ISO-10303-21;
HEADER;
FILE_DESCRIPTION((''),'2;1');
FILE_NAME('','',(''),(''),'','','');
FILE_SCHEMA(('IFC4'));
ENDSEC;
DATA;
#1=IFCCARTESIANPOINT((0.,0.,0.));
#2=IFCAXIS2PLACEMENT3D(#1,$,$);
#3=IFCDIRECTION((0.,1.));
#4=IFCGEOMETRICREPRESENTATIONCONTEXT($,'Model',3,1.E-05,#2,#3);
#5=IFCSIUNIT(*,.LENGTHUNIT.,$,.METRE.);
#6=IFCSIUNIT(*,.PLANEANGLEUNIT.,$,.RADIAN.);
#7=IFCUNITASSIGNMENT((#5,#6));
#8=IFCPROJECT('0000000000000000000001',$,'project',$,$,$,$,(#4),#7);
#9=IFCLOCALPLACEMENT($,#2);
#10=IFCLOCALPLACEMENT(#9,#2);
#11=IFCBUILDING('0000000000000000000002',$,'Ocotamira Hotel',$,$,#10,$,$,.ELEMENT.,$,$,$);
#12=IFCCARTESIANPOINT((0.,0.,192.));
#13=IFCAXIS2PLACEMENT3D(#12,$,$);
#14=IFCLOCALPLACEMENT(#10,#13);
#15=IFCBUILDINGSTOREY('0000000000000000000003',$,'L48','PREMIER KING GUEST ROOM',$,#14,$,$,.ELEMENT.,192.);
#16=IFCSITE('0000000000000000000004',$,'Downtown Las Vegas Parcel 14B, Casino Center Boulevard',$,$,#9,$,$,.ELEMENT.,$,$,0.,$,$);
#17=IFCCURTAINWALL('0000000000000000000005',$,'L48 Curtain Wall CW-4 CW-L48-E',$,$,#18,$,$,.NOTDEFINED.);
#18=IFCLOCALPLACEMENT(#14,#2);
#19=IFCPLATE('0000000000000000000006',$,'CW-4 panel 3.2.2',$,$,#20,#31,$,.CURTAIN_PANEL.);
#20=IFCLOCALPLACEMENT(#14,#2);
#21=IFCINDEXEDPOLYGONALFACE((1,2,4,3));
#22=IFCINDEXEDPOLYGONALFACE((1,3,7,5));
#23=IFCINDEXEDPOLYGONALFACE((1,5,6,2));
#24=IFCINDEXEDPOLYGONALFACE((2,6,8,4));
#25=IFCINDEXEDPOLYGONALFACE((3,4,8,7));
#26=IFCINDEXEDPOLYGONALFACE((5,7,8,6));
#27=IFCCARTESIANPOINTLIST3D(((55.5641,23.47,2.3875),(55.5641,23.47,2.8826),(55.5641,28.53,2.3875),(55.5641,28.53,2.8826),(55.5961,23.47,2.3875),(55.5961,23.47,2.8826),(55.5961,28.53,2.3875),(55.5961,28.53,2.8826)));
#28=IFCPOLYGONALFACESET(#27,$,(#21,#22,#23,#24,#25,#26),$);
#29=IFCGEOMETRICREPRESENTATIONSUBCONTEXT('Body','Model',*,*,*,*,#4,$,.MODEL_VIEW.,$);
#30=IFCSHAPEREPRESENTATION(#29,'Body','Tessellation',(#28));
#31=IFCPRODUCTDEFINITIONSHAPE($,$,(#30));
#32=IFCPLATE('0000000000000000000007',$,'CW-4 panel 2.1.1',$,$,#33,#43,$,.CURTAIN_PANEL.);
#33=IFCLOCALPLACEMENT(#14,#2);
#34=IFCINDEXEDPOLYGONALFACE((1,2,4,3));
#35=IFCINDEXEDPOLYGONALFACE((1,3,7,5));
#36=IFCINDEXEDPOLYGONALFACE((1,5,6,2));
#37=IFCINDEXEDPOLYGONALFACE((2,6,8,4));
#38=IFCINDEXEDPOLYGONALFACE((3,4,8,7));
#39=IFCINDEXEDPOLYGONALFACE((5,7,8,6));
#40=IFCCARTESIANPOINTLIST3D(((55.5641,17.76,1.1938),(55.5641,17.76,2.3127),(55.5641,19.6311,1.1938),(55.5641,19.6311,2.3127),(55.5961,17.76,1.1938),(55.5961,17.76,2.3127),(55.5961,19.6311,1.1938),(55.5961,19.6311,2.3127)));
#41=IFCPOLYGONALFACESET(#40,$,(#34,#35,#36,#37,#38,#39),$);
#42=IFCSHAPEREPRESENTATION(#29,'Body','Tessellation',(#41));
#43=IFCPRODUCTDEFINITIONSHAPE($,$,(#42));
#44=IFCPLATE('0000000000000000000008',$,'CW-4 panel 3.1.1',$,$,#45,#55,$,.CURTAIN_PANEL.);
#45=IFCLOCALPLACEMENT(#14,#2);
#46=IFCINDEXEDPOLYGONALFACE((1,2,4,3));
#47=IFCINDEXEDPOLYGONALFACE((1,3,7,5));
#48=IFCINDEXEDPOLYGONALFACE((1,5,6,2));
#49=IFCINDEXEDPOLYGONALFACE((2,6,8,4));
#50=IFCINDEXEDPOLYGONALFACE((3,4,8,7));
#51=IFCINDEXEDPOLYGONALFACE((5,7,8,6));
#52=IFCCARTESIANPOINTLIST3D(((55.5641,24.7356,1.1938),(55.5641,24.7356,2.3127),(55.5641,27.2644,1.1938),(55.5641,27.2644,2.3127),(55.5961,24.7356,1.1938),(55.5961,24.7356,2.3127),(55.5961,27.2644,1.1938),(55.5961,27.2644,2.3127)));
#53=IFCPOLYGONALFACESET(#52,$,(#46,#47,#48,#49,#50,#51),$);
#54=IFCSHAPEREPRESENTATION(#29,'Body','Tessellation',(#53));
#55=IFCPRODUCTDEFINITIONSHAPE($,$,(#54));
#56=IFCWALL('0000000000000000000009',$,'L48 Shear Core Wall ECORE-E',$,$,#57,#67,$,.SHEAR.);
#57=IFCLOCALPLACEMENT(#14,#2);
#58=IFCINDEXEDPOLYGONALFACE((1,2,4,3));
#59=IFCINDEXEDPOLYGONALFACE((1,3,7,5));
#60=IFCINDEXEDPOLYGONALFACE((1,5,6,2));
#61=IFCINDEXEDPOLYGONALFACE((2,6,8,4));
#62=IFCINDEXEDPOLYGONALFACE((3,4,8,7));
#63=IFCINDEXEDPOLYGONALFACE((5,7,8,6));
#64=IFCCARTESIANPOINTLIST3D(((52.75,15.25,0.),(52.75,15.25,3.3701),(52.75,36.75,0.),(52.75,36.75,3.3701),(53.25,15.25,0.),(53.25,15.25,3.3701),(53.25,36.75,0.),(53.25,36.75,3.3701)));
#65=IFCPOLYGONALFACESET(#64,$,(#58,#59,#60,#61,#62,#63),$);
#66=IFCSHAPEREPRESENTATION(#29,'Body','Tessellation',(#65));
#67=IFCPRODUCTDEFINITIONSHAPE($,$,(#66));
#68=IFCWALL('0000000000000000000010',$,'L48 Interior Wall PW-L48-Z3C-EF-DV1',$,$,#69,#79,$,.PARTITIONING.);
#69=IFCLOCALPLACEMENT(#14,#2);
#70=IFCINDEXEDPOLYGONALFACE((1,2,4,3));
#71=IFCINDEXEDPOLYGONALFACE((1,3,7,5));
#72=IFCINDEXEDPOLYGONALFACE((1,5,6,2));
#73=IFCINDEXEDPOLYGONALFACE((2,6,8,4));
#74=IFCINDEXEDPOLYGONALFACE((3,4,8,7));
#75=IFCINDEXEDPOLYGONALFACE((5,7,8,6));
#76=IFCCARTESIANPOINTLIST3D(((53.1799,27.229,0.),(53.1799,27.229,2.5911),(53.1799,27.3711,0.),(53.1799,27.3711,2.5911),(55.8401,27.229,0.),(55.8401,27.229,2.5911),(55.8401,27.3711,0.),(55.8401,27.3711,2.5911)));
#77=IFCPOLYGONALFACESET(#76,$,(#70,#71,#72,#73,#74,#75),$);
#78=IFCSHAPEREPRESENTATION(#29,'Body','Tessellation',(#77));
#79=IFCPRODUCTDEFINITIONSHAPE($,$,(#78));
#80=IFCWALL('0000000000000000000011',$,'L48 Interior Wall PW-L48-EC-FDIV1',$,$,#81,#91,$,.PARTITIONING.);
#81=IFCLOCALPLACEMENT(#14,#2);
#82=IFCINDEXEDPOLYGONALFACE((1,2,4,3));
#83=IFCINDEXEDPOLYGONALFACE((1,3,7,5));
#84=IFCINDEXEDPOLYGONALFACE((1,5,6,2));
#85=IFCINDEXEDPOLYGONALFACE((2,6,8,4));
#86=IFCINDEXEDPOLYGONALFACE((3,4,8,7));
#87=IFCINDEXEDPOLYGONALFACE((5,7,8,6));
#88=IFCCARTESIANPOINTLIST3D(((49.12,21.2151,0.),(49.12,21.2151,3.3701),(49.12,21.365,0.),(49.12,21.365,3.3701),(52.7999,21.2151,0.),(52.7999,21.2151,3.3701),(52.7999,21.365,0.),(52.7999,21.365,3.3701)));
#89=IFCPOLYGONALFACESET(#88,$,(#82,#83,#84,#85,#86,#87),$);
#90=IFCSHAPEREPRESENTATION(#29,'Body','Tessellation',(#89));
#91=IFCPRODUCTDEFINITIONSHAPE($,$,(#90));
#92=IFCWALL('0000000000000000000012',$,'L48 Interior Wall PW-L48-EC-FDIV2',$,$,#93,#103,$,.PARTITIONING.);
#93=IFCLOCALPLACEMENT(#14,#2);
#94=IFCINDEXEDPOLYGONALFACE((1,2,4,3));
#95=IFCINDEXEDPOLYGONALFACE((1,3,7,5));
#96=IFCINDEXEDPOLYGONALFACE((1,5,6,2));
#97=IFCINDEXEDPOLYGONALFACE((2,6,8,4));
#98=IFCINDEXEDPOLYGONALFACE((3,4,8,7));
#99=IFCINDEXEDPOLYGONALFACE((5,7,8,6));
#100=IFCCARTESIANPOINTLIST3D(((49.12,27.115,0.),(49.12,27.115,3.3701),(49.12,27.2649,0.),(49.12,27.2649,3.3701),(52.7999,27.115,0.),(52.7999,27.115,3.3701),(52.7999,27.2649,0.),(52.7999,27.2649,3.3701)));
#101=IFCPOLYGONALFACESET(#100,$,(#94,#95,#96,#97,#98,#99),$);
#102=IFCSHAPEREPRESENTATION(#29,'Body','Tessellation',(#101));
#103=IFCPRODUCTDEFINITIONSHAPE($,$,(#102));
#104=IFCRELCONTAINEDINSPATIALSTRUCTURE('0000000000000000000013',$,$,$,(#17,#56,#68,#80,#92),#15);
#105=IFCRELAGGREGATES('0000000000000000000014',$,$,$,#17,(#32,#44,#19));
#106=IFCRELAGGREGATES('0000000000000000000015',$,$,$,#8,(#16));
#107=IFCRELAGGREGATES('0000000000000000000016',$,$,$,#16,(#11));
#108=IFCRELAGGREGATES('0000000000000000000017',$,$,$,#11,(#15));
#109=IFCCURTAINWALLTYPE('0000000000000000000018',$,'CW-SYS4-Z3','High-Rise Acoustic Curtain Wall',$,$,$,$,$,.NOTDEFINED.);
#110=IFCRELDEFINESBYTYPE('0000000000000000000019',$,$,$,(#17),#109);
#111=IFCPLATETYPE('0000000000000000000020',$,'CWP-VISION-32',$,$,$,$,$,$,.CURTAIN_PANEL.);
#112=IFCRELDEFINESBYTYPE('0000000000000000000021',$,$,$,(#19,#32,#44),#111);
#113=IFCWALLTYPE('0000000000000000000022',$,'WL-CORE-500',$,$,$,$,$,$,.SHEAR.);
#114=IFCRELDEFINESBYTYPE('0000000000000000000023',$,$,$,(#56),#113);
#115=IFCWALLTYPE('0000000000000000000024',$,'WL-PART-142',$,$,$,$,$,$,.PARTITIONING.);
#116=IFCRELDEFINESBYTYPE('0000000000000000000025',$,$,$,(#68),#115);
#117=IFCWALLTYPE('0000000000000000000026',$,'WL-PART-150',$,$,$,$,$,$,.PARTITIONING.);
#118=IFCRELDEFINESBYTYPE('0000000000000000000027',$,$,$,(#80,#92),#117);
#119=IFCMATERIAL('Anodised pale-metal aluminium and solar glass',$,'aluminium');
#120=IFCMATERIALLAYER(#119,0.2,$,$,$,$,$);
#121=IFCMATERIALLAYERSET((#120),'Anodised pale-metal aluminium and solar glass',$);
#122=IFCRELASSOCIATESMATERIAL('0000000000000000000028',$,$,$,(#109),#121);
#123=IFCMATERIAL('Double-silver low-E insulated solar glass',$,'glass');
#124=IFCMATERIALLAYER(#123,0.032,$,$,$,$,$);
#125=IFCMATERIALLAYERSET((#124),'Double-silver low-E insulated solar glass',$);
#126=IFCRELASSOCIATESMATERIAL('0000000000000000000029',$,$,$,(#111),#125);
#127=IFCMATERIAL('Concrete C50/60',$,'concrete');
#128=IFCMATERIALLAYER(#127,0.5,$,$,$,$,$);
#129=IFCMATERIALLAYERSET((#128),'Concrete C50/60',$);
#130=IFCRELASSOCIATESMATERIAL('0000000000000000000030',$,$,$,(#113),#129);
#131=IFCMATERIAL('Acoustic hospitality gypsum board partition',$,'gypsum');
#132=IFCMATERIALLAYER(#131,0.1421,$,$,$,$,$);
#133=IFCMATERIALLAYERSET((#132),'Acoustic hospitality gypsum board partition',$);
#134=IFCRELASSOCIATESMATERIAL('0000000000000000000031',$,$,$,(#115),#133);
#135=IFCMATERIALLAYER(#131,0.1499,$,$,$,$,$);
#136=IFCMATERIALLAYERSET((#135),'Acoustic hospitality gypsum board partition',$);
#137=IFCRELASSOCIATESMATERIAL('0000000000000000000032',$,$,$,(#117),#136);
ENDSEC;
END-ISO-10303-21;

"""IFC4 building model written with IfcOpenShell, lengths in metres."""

from ifc_helpers import new_model, si_unit, direction, frame, frame_2d, origin, origin_2d, place, context, subcontext, project, spatial, rectangle, extrude, source, transform, mapped, material, layer, layer_set, type_object, element, aggregate, save


model = new_model("IFC4")

# Units and contexts
model_context = context("Model", 3, precision=1e-05, world=origin(), true_north=direction((0.0, 1.0)))
body_context = subcontext(model_context, "Body", "Model", "MODEL_VIEW")
ifc_project = project(units=[si_unit("LENGTHUNIT", "METRE"), si_unit("PLANEANGLEUNIT", "RADIAN")], contexts=[model_context])

# Site, building, storey
site_placement = place(None, origin())
site = spatial("IfcSite", under=ifc_project, at=site_placement, Name="Downtown Las Vegas Parcel 14B, Casino Center Boulevard", CompositionType="ELEMENT", RefElevation=0.0)
building_placement = place(site_placement, origin())
building = spatial("IfcBuilding", under=site, at=building_placement, Name="Ocotamira Hotel", CompositionType="ELEMENT")
storey_placement = place(building_placement, frame((0.0, 0.0, 192.0)))
storey = spatial("IfcBuildingStorey", under=building, at=storey_placement, Name="L48", Description="PREMIER KING GUEST ROOM", CompositionType="ELEMENT", Elevation=192.0)

# Curtain wall
ifc_material_1 = material(Name="Anodised pale-metal aluminium and solar glass", Category="aluminium")
ifc_layer_1 = layer(ifc_material_1, 0.2)
ifc_layer_set_1 = layer_set([ifc_layer_1], Name="Anodised pale-metal aluminium and solar glass")
curtain_wall_type = type_object("IfcCurtainWallType", Name="CW-SYS4-Z3", Description="High-Rise Acoustic Curtain Wall", PredefinedType="NOTDEFINED", material=ifc_layer_set_1)
curtain_wall_placement = place(storey_placement, origin())
curtain_wall = element("IfcCurtainWall", 1, at=curtain_wall_placement, inside=storey, type_object=curtain_wall_type, Name="L48 Curtain Wall CW-4 CW-L48-E", PredefinedType="NOTDEFINED")

# Plates
ifc_material_2 = material(Name="Double-silver low-E insulated solar glass", Category="glass")
ifc_layer_2 = layer(ifc_material_2, 0.032)
ifc_layer_set_2 = layer_set([ifc_layer_2], Name="Double-silver low-E insulated solar glass")
plate_type_1 = type_object("IfcPlateType", Name="CWP-VISION-32", PredefinedType="CURTAIN_PANEL", material=ifc_layer_set_2)
shared_shape_1 = source(origin(), body_context, "Body", "SweptSolid", [
    extrude(rectangle(XDim=5.0601, YDim=0.032, at=origin_2d()), origin(), (0.0, 0.0, 1.0), 0.4951),
])
plate_1_placement = place(storey_placement, frame((55.5801, 26.0, 2.3875), z_axis=(0.0, 0.0, 1.0), x_axis=(0.0, 1.0, 0.0)))
plate_1 = element("IfcPlate", 2, at=plate_1_placement, type_object=plate_type_1, Name="CW-4 panel 3.2.2", PredefinedType="CURTAIN_PANEL", context=body_context, shape_type="MappedRepresentation", body=[
    mapped(shared_shape_1, transform((0.0, 0.0, 0.0), scale=1.0)),
])
shared_shape_2 = source(origin(), body_context, "Body", "SweptSolid", [
    extrude(rectangle(XDim=1.8711, YDim=0.032, at=origin_2d()), origin(), (0.0, 0.0, 1.0), 1.1189),
])
plate_2_placement = place(storey_placement, frame((55.5801, 18.6956, 1.1938), z_axis=(0.0, 0.0, 1.0), x_axis=(0.0, 1.0, 0.0)))
plate_2 = element("IfcPlate", 3, at=plate_2_placement, type_object=plate_type_1, Name="CW-4 panel 2.1.1", PredefinedType="CURTAIN_PANEL", context=body_context, shape_type="MappedRepresentation", body=[
    mapped(shared_shape_2, transform((0.0, 0.0, 0.0), scale=1.0)),
])
shared_shape_3 = source(origin(), body_context, "Body", "SweptSolid", [
    extrude(rectangle(XDim=2.5288, YDim=0.032, at=origin_2d()), origin(), (0.0, 0.0, 1.0), 1.1189),
])
plate_3_placement = place(storey_placement, frame((55.5801, 26.0, 1.1938), z_axis=(0.0, 0.0, 1.0), x_axis=(0.0, 1.0, 0.0)))
plate_3 = element("IfcPlate", 4, at=plate_3_placement, type_object=plate_type_1, Name="CW-4 panel 3.1.1", PredefinedType="CURTAIN_PANEL", context=body_context, shape_type="MappedRepresentation", body=[
    mapped(shared_shape_3, transform((0.0, 0.0, 0.0), scale=1.0)),
])
aggregate(curtain_wall, [plate_2, plate_3, plate_1])

# Walls
ifc_material_3 = material(Name="Concrete C50/60", Category="concrete")
ifc_layer_3 = layer(ifc_material_3, 0.5)
ifc_layer_set_3 = layer_set([ifc_layer_3], Name="Concrete C50/60")
wall_type_1 = type_object("IfcWallType", Name="WL-CORE-500", PredefinedType="SHEAR", material=ifc_layer_set_3)
wall_1_placement = place(storey_placement, frame((53.0, 15.25, 0.0), z_axis=(0.0, 0.0, 1.0), x_axis=(0.0, 1.0, 0.0)))
element("IfcWall", 5, at=wall_1_placement, inside=storey, type_object=wall_type_1, Name="L48 Shear Core Wall ECORE-E", PredefinedType="SHEAR", context=body_context, shape_type="SweptSolid", body=[
    extrude(rectangle(XDim=21.5, YDim=0.5, at=frame_2d((10.75, 0.0))), origin(), (0.0, 0.0, 1.0), 3.3701),
])
ifc_material_4 = material(Name="Acoustic hospitality gypsum board partition", Category="gypsum")
ifc_layer_4 = layer(ifc_material_4, 0.1421)
ifc_layer_set_4 = layer_set([ifc_layer_4], Name="Acoustic hospitality gypsum board partition")
wall_type_2 = type_object("IfcWallType", Name="WL-PART-142", PredefinedType="PARTITIONING", material=ifc_layer_set_4)
wall_2_placement = place(storey_placement, frame((53.1799, 27.3, 0.0), z_axis=(0.0, 0.0, 1.0), x_axis=(1.0, 0.0, 0.0)))
element("IfcWall", 6, at=wall_2_placement, inside=storey, type_object=wall_type_2, Name="L48 Interior Wall PW-L48-Z3C-EF-DV1", PredefinedType="PARTITIONING", context=body_context, shape_type="SweptSolid", body=[
    extrude(rectangle(XDim=2.6602, YDim=0.1421, at=frame_2d((1.3301, 0.0))), origin(), (0.0, 0.0, 1.0), 2.5911),
])
ifc_layer_5 = layer(ifc_material_4, 0.1499)
ifc_layer_set_5 = layer_set([ifc_layer_5], Name="Acoustic hospitality gypsum board partition")
wall_type_3 = type_object("IfcWallType", Name="WL-PART-150", PredefinedType="PARTITIONING", material=ifc_layer_set_5)
for number, where, z_axis, x_axis, name in (
    (7, (49.1201, 21.29, 0.0), (0.0, 0.0, 1.0), (1.0, 0.0, 0.0), "L48 Interior Wall PW-L48-EC-FDIV1"),
    (8, (49.1201, 27.1899, 0.0), (0.0, 0.0, 1.0), (1.0, 0.0, 0.0), "L48 Interior Wall PW-L48-EC-FDIV2"),
):
    element("IfcWall", number, at=place(storey_placement, frame(where, z_axis=z_axis, x_axis=x_axis)), inside=storey, type_object=wall_type_3, Name=name, PredefinedType="PARTITIONING", context=body_context, shape_type="SweptSolid", body=[
        extrude(rectangle(XDim=3.6799, YDim=0.1499, at=frame_2d((1.8398, 0.0))), origin(), (0.0, 0.0, 1.0), 3.3701),
    ])

save(model, "model.ifc")
